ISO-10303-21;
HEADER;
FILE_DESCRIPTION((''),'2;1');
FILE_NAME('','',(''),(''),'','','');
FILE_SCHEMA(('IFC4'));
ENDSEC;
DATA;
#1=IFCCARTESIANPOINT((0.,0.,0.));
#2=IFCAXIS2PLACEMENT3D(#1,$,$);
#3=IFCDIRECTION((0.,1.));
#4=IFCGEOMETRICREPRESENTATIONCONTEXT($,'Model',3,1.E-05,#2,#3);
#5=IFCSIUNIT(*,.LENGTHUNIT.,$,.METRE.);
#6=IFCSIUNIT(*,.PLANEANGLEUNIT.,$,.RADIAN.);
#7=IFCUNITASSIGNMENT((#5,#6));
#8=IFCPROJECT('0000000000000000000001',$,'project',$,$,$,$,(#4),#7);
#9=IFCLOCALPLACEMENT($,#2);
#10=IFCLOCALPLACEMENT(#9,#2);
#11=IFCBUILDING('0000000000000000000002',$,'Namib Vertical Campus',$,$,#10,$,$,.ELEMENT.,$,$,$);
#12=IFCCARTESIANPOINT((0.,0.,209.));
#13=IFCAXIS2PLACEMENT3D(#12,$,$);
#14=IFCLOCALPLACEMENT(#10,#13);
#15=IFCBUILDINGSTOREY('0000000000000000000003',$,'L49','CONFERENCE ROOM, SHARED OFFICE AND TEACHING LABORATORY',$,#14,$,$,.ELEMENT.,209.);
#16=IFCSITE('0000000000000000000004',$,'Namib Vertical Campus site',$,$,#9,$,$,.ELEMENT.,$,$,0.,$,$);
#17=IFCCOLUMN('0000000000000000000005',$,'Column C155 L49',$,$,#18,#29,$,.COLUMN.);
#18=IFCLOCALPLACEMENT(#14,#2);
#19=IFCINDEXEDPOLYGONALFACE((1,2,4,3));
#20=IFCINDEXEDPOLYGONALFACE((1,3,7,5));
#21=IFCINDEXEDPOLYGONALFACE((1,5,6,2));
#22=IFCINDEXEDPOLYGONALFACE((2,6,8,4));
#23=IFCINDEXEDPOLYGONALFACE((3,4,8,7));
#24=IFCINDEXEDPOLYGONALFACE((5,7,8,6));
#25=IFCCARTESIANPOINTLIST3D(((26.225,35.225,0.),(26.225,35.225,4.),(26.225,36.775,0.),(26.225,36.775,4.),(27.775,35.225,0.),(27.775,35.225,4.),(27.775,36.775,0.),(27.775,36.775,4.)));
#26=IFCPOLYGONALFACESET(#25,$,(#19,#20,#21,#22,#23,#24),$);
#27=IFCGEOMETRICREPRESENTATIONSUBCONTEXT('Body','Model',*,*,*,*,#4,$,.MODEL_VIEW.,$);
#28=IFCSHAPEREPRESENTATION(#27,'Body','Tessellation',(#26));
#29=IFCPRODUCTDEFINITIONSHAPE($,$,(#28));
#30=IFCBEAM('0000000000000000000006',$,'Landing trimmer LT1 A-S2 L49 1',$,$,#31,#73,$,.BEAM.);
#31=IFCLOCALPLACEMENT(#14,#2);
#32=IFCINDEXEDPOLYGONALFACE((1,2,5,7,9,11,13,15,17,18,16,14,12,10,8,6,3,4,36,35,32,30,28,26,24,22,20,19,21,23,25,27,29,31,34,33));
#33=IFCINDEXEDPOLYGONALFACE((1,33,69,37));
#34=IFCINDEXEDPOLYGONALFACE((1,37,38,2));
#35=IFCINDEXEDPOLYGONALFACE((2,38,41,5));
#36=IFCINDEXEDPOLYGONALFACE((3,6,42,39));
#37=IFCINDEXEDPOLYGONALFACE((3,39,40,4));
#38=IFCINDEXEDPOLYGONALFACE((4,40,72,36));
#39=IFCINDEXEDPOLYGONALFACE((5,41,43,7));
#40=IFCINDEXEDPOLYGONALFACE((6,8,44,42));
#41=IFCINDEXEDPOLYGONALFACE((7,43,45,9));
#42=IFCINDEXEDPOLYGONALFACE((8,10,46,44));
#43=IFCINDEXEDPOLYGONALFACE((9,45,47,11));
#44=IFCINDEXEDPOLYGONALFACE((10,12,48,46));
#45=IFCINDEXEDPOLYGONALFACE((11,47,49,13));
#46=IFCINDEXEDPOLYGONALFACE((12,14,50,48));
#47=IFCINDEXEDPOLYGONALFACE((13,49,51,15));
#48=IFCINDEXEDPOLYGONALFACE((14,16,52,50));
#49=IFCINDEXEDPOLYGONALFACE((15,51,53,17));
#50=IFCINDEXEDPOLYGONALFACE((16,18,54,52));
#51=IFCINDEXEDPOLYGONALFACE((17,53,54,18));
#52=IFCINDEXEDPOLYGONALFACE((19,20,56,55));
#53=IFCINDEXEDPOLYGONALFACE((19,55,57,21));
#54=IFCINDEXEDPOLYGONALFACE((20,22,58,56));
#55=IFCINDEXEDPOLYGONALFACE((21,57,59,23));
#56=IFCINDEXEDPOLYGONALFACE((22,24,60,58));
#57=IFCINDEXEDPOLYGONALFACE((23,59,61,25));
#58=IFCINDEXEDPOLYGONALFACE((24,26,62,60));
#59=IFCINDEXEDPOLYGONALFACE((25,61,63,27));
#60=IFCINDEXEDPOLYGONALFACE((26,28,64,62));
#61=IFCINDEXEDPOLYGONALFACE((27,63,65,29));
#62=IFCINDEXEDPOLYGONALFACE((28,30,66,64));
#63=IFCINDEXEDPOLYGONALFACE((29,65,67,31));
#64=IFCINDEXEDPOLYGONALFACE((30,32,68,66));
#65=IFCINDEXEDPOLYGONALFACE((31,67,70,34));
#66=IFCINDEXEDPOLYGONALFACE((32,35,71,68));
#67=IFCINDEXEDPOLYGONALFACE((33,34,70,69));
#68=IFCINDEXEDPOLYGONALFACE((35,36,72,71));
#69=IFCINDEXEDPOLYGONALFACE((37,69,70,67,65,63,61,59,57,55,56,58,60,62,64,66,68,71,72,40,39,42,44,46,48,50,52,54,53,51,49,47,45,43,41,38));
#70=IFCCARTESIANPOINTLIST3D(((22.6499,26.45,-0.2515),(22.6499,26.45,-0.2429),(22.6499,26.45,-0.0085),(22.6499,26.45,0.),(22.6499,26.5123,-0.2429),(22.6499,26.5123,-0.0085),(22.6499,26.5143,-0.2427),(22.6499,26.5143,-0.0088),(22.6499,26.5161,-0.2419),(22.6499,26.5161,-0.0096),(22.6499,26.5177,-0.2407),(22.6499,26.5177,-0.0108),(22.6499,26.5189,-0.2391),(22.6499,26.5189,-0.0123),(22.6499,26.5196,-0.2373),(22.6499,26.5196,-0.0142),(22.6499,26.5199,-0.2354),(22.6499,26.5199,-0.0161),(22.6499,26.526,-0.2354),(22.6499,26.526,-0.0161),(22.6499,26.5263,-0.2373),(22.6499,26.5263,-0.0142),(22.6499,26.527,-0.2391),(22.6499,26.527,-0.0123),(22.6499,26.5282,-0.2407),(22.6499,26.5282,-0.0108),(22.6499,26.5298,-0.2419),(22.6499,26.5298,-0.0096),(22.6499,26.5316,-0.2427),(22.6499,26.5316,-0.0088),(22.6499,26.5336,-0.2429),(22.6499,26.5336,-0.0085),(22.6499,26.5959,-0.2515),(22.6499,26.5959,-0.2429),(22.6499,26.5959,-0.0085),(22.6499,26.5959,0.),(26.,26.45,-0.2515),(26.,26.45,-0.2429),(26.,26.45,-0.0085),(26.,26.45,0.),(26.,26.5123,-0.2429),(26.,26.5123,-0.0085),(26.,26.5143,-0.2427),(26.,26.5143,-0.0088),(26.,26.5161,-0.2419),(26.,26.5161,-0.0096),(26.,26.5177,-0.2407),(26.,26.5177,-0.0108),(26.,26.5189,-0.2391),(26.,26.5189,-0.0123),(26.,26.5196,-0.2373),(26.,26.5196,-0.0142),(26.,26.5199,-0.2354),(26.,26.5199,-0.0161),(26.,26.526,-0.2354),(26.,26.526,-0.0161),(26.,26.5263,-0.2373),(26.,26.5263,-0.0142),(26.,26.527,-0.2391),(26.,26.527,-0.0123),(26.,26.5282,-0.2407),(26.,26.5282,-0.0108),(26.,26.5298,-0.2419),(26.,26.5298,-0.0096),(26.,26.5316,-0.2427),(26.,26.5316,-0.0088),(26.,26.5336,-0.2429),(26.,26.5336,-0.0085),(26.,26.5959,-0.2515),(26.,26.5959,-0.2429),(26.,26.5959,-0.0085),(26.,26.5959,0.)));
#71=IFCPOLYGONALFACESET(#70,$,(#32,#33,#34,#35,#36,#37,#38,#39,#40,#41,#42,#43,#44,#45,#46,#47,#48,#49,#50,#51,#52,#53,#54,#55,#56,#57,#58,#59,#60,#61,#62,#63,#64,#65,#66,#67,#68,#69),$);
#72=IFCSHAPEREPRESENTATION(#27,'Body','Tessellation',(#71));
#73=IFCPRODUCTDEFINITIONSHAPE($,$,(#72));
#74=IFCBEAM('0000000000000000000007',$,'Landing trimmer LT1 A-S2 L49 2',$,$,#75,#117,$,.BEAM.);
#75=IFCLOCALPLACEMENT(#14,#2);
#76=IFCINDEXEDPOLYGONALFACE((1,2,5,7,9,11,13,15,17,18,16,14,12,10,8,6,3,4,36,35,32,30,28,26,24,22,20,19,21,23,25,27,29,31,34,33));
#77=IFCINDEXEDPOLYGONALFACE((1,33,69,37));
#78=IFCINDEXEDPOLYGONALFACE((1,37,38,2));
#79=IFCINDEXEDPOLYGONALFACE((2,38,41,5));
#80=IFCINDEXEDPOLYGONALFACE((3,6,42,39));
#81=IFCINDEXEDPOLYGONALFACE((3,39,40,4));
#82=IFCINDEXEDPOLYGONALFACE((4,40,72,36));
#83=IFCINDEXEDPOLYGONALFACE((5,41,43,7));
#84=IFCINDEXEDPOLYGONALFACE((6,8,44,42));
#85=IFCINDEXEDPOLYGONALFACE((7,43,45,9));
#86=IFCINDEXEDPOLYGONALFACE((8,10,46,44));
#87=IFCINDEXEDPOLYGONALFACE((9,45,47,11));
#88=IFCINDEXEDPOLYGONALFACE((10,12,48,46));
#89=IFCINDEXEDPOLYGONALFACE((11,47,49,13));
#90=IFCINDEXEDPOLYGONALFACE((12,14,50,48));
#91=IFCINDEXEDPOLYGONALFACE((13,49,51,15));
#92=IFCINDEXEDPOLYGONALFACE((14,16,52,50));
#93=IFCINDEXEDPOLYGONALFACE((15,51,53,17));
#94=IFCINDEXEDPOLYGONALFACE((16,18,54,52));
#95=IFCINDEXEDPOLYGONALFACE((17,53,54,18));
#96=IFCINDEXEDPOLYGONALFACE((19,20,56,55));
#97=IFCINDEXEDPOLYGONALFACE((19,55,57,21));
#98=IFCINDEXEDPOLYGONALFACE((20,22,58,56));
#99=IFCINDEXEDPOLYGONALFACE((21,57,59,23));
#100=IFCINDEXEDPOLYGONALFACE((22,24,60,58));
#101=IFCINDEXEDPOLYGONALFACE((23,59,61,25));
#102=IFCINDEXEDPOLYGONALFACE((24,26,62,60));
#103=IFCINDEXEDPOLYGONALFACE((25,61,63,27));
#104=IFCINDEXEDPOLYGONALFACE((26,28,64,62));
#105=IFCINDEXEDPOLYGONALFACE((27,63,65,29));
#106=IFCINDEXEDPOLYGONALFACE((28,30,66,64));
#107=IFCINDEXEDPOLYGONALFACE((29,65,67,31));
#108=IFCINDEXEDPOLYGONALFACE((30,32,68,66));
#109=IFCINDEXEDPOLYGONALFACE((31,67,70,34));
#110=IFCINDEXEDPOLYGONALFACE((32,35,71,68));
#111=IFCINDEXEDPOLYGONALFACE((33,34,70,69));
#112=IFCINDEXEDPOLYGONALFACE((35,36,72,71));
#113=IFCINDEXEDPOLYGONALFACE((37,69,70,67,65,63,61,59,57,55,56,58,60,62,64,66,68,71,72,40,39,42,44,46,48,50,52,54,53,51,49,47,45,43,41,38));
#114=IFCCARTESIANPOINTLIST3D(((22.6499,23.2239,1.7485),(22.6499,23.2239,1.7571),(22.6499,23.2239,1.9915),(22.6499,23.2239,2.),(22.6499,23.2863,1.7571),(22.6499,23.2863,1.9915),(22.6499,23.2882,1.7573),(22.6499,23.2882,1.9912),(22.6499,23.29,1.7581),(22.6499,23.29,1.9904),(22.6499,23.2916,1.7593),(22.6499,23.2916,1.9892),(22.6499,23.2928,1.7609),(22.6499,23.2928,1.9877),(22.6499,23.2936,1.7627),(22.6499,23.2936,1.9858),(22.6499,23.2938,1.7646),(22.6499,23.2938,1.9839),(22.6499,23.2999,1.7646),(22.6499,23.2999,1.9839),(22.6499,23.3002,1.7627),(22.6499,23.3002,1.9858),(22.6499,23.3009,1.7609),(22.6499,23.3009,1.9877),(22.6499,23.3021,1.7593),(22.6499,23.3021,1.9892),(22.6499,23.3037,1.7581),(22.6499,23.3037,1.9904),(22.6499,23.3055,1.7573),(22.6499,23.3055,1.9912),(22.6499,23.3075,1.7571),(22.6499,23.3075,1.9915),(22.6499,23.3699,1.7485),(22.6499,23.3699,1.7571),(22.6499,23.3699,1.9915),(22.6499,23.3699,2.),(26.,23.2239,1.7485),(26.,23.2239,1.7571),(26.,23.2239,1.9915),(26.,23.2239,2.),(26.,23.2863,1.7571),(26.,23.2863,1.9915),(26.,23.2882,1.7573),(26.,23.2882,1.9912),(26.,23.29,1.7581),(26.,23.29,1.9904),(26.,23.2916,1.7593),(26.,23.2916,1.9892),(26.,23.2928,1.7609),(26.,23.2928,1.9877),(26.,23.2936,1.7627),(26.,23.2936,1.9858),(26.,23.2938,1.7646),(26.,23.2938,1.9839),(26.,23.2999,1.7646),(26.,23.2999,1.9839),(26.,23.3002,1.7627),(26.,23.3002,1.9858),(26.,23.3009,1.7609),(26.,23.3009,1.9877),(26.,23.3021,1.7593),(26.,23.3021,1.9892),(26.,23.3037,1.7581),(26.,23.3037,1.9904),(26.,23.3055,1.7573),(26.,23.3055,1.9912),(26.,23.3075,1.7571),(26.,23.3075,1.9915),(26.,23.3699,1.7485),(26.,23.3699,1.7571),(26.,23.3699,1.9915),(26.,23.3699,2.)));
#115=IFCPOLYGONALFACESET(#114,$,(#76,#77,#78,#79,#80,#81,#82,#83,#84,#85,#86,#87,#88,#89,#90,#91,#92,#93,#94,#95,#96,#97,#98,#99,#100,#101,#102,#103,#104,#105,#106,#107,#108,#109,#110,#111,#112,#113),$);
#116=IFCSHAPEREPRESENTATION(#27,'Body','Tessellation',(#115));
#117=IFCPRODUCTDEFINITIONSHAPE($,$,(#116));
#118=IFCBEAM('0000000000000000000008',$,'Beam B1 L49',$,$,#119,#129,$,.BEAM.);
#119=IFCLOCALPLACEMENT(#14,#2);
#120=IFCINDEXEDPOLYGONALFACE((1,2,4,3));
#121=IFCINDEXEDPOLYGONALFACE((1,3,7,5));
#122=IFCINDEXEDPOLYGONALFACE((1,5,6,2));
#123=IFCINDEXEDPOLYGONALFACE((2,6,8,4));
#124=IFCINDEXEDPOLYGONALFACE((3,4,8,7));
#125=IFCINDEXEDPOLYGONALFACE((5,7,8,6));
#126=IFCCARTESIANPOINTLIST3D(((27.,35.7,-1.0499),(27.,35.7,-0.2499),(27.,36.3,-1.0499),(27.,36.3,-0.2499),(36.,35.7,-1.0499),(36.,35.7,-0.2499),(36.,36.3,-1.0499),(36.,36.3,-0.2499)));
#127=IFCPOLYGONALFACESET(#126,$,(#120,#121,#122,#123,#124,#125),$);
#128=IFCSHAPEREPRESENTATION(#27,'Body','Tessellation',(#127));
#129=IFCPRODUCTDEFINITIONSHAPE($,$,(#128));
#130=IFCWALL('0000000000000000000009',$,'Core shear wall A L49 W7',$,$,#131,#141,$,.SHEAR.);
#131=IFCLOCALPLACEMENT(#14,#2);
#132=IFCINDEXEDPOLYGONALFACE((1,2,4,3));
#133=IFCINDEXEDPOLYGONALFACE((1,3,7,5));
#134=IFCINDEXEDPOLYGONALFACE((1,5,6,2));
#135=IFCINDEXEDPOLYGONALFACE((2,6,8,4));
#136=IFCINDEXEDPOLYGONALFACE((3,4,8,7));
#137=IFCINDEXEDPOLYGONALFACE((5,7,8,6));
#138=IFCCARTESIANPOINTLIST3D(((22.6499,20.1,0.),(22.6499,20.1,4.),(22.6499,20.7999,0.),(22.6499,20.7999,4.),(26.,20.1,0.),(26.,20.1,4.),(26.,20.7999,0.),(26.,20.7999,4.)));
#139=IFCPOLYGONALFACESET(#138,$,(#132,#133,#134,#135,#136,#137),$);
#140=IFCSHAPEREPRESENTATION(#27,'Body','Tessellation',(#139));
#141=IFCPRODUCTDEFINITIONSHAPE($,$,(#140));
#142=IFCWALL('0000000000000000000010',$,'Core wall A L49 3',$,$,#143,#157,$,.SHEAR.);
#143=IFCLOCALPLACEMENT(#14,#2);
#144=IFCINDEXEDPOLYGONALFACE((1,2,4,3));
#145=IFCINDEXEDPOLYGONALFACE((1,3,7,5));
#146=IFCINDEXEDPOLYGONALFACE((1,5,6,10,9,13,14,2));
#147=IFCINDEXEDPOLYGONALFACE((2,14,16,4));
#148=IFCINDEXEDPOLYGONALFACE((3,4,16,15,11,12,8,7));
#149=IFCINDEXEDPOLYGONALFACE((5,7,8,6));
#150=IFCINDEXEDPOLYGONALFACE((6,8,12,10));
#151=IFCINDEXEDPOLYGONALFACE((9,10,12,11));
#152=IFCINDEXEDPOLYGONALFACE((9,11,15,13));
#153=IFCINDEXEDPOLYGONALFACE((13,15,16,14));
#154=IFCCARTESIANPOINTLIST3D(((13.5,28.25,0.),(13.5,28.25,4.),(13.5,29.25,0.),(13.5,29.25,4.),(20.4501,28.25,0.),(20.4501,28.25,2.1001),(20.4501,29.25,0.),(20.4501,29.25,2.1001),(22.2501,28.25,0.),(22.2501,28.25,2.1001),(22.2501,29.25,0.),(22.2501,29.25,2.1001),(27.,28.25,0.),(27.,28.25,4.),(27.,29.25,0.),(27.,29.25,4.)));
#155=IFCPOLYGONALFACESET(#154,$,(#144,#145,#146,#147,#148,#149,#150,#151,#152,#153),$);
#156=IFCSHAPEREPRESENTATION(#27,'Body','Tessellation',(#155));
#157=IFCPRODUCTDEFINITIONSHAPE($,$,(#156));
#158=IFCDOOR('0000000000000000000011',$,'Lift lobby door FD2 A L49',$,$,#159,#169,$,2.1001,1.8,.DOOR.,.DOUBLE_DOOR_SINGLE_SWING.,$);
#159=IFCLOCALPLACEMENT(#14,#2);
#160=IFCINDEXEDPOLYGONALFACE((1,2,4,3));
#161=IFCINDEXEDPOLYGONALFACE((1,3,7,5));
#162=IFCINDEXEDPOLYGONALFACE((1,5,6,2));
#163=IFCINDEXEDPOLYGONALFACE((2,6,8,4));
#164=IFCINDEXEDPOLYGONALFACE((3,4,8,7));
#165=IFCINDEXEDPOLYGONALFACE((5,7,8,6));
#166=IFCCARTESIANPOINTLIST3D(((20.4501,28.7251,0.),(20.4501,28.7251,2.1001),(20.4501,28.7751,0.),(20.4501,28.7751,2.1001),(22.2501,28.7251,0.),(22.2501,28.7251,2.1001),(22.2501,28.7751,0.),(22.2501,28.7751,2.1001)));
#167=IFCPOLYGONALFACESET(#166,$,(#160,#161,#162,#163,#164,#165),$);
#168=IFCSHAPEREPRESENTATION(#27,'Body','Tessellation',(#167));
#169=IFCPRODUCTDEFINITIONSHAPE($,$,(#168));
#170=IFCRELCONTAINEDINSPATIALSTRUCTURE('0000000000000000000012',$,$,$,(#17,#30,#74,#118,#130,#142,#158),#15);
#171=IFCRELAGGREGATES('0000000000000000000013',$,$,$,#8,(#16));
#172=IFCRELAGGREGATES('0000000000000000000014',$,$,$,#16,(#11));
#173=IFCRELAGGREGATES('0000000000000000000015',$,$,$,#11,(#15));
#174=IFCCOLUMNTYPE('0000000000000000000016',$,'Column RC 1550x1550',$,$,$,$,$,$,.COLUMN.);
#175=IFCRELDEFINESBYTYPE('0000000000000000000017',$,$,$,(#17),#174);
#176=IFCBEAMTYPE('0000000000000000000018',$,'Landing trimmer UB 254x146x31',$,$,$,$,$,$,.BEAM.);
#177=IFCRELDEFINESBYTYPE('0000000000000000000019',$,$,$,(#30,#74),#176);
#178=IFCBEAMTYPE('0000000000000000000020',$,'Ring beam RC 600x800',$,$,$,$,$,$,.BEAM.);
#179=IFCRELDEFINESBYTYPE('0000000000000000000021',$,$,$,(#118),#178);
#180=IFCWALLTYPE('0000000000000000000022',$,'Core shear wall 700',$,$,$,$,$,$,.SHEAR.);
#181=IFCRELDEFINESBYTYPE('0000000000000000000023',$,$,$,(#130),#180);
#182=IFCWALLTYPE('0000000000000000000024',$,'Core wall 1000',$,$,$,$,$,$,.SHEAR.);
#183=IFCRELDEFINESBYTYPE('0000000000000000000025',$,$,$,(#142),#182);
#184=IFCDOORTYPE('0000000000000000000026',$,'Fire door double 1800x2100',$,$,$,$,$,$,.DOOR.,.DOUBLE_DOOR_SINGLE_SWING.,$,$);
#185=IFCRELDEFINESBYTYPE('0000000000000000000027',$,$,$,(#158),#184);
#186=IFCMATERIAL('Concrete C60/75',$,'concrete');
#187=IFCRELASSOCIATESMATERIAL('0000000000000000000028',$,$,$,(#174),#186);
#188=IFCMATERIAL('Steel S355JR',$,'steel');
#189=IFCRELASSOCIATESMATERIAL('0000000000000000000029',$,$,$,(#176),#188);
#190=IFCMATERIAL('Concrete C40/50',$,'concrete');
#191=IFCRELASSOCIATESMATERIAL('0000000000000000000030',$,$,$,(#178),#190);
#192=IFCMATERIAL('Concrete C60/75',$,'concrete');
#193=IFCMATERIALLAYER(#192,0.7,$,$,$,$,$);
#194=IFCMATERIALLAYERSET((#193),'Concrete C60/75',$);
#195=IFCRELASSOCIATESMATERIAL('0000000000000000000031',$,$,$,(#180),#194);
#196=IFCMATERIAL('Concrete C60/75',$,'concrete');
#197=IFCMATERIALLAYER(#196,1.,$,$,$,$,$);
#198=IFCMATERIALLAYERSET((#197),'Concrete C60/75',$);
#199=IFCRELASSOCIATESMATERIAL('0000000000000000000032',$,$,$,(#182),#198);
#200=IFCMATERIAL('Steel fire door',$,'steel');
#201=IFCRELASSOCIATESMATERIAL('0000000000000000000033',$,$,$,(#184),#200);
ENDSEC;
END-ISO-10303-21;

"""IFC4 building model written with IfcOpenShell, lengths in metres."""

from ifc_helpers import new_model, si_unit, direction, frame, frame_2d, origin, origin_2d, place, context, subcontext, project, spatial, rectangle, i_section, extrude, material, layer, layer_set, material_profile, profile_set, type_object, element, fill, save


model = new_model("IFC4")

# Units and contexts
model_context = context("Model", 3, precision=1e-05, world=origin(), true_north=direction((0.0, 1.0)))
body_context = subcontext(model_context, "Body", "Model", "MODEL_VIEW")
ifc_project = project(units=[si_unit("LENGTHUNIT", "METRE"), si_unit("PLANEANGLEUNIT", "RADIAN")], contexts=[model_context])

# Site, building, storey
site_placement = place(None, origin())
site = spatial("IfcSite", under=ifc_project, at=site_placement, Name="Namib Vertical Campus site", CompositionType="ELEMENT", RefElevation=0.0)
building_placement = place(site_placement, origin())
building = spatial("IfcBuilding", under=site, at=building_placement, Name="Namib Vertical Campus", CompositionType="ELEMENT")
storey_placement = place(building_placement, frame((0.0, 0.0, 209.0)))
storey = spatial("IfcBuildingStorey", under=building, at=storey_placement, Name="L49", Description="CONFERENCE ROOM, SHARED OFFICE AND TEACHING LABORATORY", CompositionType="ELEMENT", Elevation=209.0)

# Column
ifc_material_1 = material(Name="Concrete C60/75", Category="concrete")
ifc_material_profile_1 = material_profile(ifc_material_1, rectangle(XDim=1.55, YDim=1.55, at=origin_2d()))
ifc_profile_set_1 = profile_set([ifc_material_profile_1], Name="Concrete C60/75")
column_type = type_object("IfcColumnType", Name="Column RC 1550x1550", PredefinedType="COLUMN", material=ifc_profile_set_1)
column_placement = place(storey_placement, frame((27.0, 36.0, 0.0), z_axis=(0.0, 0.0, 1.0), x_axis=(1.0, 0.0, 0.0)))
element("IfcColumn", 1, at=column_placement, inside=storey, type_object=column_type, Name="Column C155 L49", PredefinedType="COLUMN", context=body_context, shape_type="SweptSolid", body=[
    extrude(rectangle(XDim=1.55, YDim=1.55, at=origin_2d()), origin(), (0.0, 0.0, 1.0), 4.0),
])

# Beams
ifc_material_2 = material(Name="Steel S355JR", Category="steel")
ifc_material_profile_2 = material_profile(ifc_material_2, i_section(OverallWidth=0.146, OverallDepth=0.2515, WebThickness=0.0061, FlangeThickness=0.0085, FilletRadius=0.0076, at=origin_2d()))
ifc_profile_set_2 = profile_set([ifc_material_profile_2], Name="Steel S355JR")
beam_type_1 = type_object("IfcBeamType", Name="Landing trimmer UB 254x146x31", PredefinedType="BEAM", material=ifc_profile_set_2)
for number, where, z_axis, x_axis, name in (
    (2, (22.6499, 26.5229, -0.1257), (1.0, 0.0, 0.0), (0.0, 1.0, 0.0), "Landing trimmer LT1 A-S2 L49 1"),
    (3, (22.6499, 23.2969, 1.8743), (1.0, 0.0, 0.0), (0.0, 1.0, 0.0), "Landing trimmer LT1 A-S2 L49 2"),
):
    element("IfcBeam", number, at=place(storey_placement, frame(where, z_axis=z_axis, x_axis=x_axis)), inside=storey, type_object=beam_type_1, Name=name, PredefinedType="BEAM", context=body_context, shape_type="SweptSolid", body=[
        extrude(i_section(OverallWidth=0.146, OverallDepth=0.2515, WebThickness=0.0061, FlangeThickness=0.0085, FilletRadius=0.0076, at=origin_2d()), origin(), (0.0, 0.0, 1.0), 3.3501),
    ])
ifc_material_3 = material(Name="Concrete C40/50", Category="concrete")
ifc_material_profile_3 = material_profile(ifc_material_3, rectangle(XDim=0.6001, YDim=0.8, at=origin_2d()))
ifc_profile_set_3 = profile_set([ifc_material_profile_3], Name="Concrete C40/50")
beam_type_2 = type_object("IfcBeamType", Name="Ring beam RC 600x800", PredefinedType="BEAM", material=ifc_profile_set_3)
beam_placement = place(storey_placement, frame((27.0, 36.0, -0.6499), z_axis=(1.0, 0.0, 0.0), x_axis=(0.0, 1.0, 0.0)))
element("IfcBeam", 4, at=beam_placement, inside=storey, type_object=beam_type_2, Name="Beam B1 L49", PredefinedType="BEAM", context=body_context, shape_type="SweptSolid", body=[
    extrude(rectangle(XDim=0.6001, YDim=0.8, at=origin_2d()), origin(), (0.0, 0.0, 1.0), 9.0),
])

# Wall
ifc_material_4 = material(Name="Concrete C60/75", Category="concrete")
ifc_layer_1 = layer(ifc_material_4, 0.7)
ifc_layer_set_1 = layer_set([ifc_layer_1], Name="Concrete C60/75")
wall_type_1 = type_object("IfcWallType", Name="Core shear wall 700", PredefinedType="SHEAR", material=ifc_layer_set_1)
wall_1_placement = place(storey_placement, frame((22.6499, 20.45, 0.0), z_axis=(0.0, 0.0, 1.0), x_axis=(1.0, 0.0, 0.0)))
element("IfcWall", 5, at=wall_1_placement, inside=storey, type_object=wall_type_1, Name="Core shear wall A L49 W7", PredefinedType="SHEAR", context=body_context, shape_type="SweptSolid", body=[
    extrude(rectangle(XDim=3.3501, YDim=0.7, at=frame_2d((1.675, 0.0))), origin(), (0.0, 0.0, 1.0), 4.0),
])

# Wall, opening, door
ifc_material_5 = material(Name="Concrete C60/75", Category="concrete")
ifc_layer_2 = layer(ifc_material_5, 1.0)
ifc_layer_set_2 = layer_set([ifc_layer_2], Name="Concrete C60/75")
wall_type_2 = type_object("IfcWallType", Name="Core wall 1000", PredefinedType="SHEAR", material=ifc_layer_set_2)
wall_2_placement = place(storey_placement, frame((27.0, 28.75, 0.0), z_axis=(0.0, 0.0, 1.0), x_axis=(-1.0, 0.0, 0.0)))
wall_2 = element("IfcWall", 6, at=wall_2_placement, inside=storey, type_object=wall_type_2, Name="Core wall A L49 3", PredefinedType="SHEAR", context=body_context, shape_type="SweptSolid", body=[
    extrude(rectangle(XDim=13.5, YDim=1.0, at=frame_2d((6.75, 0.0))), origin(), (0.0, 0.0, 1.0), 4.0),
])
opening_1_placement = place(wall_2_placement, frame((4.75, 0.0, 0.0)))
opening_1 = element("IfcOpeningElement", 7, at=opening_1_placement, cuts=wall_2, PredefinedType="OPENING", context=body_context, shape_type="SweptSolid", body=[
    extrude(rectangle(XDim=1.8, YDim=2.1001, at=frame_2d((0.8999, 1.05))), frame((0.0, 0.51, 0.0), z_axis=(0.0, -1.0, 0.0), x_axis=(1.0, 0.0, 0.0)), (0.0, 0.0, 1.0), 1.02),
])
ifc_material_6 = material(Name="Steel fire door", Category="steel")
door_type_1 = type_object("IfcDoorType", Name="Fire door double 1800x2100", OperationType="DOUBLE_DOOR_SINGLE_SWING", PredefinedType="DOOR", material=ifc_material_6)
door_1_placement = place(opening_1_placement, origin())
door_1 = element("IfcDoor", 8, at=door_1_placement, inside=storey, type_object=door_type_1, Name="Lift lobby door FD2 A L49", OperationType="DOUBLE_DOOR_SINGLE_SWING", OverallHeight=2.1001, OverallWidth=1.8, PredefinedType="DOOR", context=body_context, shape_type="SweptSolid", body=[
    extrude(rectangle(XDim=1.8, YDim=2.1001, at=frame_2d((0.8999, 1.05))), frame((0.0, 0.0249, 0.0), z_axis=(0.0, -1.0, 0.0), x_axis=(1.0, 0.0, 0.0)), (0.0, 0.0, 1.0), 0.05),
])
fill(opening_1, door_1)

save(model, "model.ifc")
